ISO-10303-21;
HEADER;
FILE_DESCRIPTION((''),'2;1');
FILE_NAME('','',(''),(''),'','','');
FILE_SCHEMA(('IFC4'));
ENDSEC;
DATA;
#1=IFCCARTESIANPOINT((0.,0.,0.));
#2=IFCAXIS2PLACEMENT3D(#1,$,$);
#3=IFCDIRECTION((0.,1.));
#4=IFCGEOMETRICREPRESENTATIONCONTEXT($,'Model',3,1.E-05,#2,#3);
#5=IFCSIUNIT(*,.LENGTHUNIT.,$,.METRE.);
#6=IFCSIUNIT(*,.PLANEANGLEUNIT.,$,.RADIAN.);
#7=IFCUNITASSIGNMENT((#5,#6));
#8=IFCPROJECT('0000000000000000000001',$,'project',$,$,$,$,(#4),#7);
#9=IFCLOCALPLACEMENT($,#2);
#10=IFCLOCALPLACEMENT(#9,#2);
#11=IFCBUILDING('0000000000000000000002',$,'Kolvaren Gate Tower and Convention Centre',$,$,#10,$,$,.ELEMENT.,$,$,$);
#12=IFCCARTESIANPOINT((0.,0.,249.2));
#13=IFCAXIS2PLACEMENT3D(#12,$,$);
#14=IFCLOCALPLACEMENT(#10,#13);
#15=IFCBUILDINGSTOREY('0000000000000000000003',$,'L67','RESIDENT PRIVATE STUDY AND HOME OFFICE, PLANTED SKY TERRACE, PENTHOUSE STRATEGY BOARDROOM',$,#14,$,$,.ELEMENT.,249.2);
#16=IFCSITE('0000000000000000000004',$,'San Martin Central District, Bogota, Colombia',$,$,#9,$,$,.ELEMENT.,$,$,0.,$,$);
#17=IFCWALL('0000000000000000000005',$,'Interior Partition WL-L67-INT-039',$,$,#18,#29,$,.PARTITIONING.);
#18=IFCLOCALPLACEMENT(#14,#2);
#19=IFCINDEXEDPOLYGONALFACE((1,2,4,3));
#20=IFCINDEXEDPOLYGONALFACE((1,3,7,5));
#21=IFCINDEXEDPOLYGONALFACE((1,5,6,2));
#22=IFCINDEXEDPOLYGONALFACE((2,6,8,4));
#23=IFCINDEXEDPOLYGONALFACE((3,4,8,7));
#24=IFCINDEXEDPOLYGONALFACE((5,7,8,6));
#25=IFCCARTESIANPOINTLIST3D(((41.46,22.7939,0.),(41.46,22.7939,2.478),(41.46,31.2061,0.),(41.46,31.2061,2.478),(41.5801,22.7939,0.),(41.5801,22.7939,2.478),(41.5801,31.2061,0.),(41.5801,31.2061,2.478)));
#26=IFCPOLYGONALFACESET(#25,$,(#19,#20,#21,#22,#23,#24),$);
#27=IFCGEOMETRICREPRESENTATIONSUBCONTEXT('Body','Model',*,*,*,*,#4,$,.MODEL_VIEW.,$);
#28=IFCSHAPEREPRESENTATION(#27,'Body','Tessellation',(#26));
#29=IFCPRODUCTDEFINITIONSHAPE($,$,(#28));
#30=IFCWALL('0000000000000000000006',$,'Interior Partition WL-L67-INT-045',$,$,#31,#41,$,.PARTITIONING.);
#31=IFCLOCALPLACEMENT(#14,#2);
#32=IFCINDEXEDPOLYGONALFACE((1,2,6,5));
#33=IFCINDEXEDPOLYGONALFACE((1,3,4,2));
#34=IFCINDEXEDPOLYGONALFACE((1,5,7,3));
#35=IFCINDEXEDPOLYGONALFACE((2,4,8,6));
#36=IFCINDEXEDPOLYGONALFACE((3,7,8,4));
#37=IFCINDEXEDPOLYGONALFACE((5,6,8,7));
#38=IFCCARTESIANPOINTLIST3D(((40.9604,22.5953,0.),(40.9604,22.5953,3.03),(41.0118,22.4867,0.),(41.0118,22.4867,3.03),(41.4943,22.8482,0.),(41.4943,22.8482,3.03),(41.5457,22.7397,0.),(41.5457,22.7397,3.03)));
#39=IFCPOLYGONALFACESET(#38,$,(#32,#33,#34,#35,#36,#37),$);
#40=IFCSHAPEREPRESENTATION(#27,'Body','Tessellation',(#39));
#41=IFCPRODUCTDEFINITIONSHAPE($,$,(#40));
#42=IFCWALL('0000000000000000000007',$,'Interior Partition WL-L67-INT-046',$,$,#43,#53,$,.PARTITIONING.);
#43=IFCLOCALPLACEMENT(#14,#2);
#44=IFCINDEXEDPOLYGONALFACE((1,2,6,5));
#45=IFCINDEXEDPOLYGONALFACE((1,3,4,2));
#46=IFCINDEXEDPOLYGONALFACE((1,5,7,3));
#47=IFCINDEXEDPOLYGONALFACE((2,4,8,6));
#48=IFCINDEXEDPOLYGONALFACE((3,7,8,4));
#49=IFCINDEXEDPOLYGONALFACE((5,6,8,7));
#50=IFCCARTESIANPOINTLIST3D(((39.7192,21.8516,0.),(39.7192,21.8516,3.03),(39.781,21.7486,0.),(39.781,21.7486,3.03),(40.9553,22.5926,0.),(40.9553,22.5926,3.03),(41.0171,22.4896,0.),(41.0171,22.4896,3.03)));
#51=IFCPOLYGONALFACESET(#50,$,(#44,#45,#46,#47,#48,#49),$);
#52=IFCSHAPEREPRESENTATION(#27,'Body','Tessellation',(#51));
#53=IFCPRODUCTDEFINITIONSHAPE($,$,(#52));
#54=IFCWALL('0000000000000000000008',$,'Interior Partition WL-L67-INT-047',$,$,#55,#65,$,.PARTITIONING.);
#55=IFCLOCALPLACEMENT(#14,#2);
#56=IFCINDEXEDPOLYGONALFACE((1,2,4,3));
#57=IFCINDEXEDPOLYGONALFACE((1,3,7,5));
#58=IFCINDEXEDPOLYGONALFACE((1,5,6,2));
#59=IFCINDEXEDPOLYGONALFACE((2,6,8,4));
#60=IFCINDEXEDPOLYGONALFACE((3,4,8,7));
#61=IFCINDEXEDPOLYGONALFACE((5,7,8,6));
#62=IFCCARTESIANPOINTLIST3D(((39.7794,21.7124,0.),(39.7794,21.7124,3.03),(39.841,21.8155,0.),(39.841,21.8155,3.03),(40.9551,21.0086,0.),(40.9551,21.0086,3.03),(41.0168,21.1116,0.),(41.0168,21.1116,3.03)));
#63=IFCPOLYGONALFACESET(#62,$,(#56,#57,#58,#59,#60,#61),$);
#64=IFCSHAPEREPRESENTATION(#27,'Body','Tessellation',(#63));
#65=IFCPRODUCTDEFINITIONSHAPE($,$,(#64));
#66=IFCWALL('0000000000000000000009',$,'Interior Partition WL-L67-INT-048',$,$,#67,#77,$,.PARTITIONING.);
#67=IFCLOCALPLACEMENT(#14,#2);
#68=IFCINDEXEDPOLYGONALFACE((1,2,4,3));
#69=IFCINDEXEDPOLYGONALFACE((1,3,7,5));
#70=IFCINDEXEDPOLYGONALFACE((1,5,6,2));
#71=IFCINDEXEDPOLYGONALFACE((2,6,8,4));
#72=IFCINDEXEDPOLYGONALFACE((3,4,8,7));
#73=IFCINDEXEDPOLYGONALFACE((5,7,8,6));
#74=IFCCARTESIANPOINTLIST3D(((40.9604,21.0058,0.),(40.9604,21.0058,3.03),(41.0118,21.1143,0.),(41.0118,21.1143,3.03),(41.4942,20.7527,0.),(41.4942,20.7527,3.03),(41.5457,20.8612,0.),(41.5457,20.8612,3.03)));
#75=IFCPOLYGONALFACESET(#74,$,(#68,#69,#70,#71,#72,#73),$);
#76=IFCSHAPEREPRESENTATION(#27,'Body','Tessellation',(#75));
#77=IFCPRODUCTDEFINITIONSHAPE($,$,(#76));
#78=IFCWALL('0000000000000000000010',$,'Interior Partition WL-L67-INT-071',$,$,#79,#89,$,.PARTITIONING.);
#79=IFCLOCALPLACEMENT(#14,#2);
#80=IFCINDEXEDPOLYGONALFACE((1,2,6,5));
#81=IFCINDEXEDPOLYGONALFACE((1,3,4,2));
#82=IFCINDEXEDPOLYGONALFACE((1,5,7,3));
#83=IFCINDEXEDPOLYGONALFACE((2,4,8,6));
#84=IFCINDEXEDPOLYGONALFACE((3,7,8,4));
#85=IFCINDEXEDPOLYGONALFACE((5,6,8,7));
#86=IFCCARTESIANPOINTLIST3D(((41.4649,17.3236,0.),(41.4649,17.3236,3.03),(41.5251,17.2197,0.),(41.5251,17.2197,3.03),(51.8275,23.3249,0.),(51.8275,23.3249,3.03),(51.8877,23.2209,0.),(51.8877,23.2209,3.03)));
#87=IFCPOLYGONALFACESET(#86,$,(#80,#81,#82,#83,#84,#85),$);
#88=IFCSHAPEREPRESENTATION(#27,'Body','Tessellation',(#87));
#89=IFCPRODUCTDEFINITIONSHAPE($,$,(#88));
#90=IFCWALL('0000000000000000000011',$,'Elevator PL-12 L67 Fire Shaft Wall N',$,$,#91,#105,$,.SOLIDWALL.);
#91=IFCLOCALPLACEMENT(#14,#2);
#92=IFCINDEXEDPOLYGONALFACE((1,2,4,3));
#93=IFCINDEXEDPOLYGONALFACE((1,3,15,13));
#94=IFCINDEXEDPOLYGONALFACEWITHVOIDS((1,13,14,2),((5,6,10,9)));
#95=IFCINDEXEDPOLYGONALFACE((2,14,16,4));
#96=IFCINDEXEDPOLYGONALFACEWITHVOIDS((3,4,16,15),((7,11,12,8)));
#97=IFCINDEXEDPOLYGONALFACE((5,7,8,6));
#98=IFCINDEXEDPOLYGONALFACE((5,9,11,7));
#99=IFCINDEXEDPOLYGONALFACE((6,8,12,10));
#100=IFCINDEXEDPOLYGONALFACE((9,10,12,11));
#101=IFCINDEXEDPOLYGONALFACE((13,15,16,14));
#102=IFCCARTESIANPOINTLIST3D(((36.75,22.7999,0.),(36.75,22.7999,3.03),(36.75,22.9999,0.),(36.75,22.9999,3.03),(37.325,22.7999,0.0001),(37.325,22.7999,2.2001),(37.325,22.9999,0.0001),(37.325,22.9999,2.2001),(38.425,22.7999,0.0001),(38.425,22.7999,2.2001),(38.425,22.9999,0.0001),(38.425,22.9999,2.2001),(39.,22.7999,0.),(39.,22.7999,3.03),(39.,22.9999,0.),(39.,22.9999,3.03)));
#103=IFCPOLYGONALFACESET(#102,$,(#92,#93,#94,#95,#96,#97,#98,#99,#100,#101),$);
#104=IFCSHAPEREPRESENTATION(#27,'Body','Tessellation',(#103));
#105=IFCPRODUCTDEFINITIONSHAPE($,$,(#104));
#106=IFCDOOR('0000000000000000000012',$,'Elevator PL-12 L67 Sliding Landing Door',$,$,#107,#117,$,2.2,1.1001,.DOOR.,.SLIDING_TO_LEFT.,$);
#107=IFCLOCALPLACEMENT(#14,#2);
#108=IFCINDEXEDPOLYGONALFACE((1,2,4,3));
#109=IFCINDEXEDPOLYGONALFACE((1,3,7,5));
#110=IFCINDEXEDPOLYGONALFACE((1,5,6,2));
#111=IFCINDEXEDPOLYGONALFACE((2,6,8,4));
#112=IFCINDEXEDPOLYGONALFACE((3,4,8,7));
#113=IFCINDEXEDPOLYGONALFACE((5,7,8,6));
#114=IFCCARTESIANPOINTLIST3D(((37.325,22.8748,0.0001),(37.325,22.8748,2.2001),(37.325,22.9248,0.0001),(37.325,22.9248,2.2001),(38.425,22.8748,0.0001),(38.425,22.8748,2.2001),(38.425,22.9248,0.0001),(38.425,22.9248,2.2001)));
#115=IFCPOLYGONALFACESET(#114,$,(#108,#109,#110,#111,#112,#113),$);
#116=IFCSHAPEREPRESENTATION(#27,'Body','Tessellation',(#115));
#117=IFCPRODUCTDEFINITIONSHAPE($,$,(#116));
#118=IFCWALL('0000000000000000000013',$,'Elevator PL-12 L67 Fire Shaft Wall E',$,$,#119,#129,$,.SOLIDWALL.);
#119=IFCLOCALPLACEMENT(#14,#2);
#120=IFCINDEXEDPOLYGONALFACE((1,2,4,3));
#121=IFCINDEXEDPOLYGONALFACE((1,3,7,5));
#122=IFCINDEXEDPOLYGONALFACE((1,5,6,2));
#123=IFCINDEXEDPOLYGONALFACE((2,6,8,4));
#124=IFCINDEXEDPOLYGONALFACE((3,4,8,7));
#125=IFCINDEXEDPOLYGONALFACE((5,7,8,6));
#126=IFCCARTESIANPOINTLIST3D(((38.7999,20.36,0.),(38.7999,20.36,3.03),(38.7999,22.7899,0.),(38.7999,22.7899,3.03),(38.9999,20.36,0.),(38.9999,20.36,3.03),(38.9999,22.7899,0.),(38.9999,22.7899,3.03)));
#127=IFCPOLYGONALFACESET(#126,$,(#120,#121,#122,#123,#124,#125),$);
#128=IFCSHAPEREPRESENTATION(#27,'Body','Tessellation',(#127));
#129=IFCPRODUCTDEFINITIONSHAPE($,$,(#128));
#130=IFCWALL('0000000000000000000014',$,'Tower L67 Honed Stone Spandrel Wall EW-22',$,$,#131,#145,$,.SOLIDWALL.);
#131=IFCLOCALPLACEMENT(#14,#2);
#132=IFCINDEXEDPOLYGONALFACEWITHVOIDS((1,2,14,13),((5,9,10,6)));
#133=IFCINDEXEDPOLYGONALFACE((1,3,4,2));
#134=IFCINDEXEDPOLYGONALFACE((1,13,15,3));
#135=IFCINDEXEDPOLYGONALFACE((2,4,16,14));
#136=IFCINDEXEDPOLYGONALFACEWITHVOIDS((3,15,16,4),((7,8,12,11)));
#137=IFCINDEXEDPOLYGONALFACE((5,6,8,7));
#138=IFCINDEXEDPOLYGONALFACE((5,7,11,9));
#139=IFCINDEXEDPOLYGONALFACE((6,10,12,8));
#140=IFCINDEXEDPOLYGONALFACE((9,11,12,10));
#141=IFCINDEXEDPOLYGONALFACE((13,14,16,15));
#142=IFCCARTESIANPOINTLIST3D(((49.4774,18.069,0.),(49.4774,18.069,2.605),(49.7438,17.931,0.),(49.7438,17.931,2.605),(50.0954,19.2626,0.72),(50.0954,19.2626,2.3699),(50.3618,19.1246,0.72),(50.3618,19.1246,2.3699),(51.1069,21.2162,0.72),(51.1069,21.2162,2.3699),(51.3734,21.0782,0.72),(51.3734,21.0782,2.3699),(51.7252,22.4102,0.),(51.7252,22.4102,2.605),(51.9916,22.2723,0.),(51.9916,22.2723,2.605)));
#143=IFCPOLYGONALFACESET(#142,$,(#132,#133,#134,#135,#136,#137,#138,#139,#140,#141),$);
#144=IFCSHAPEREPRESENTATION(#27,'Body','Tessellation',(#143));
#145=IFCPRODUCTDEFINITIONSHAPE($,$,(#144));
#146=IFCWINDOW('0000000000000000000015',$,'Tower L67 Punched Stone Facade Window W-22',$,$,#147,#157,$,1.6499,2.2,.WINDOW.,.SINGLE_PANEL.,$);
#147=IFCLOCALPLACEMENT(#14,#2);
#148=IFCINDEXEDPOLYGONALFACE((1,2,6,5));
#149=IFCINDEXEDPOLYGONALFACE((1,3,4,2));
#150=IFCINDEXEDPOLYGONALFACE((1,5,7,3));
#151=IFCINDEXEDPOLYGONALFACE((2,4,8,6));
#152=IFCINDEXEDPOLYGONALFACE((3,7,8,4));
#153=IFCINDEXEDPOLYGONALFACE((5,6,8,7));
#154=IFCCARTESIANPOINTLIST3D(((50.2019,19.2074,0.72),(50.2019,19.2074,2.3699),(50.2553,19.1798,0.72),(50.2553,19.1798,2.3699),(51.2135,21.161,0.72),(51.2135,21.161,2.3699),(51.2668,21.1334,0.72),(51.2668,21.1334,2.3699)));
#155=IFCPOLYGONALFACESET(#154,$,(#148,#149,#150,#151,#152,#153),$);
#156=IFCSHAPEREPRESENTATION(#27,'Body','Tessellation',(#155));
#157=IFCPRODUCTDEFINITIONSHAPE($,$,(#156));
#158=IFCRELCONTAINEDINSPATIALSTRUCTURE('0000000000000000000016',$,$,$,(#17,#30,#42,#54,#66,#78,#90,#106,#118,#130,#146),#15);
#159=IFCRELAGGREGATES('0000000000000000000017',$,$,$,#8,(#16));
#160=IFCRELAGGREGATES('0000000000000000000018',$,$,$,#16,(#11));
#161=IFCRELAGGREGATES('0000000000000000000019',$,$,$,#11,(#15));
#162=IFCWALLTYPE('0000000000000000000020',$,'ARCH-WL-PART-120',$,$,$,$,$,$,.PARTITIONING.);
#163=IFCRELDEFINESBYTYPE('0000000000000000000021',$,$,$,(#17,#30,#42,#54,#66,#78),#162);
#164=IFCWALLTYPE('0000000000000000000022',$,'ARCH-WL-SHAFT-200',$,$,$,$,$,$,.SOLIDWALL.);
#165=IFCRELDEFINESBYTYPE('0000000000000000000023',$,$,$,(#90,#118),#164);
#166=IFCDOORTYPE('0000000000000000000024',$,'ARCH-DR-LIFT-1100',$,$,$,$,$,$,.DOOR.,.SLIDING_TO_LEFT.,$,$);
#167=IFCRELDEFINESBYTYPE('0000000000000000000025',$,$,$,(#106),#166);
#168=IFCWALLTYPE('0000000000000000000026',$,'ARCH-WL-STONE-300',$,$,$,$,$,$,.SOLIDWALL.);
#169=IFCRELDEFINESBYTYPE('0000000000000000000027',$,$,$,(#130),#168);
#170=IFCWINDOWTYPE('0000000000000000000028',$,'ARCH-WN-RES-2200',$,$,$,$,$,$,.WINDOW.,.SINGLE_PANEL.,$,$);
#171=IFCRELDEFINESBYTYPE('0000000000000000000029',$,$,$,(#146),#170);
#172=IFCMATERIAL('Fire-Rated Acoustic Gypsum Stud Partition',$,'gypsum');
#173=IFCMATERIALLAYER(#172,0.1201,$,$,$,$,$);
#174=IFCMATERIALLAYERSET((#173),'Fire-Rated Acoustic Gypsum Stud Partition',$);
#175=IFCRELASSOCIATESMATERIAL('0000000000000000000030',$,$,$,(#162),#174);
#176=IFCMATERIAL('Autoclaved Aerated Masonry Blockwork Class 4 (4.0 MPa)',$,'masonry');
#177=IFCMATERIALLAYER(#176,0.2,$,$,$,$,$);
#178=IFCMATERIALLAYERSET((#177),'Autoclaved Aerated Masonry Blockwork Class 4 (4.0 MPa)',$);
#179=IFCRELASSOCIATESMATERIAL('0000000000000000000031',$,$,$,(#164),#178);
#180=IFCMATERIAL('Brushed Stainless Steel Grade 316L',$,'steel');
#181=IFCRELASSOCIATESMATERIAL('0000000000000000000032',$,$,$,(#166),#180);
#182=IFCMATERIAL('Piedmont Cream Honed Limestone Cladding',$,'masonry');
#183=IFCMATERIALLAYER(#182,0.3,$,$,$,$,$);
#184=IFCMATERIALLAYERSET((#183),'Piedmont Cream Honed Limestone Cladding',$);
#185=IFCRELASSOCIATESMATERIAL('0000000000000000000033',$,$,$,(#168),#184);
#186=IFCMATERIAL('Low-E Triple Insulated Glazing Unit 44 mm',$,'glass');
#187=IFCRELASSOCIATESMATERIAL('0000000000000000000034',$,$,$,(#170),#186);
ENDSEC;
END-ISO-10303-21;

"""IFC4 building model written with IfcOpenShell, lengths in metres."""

from ifc_helpers import new_model, si_unit, direction, frame, frame_2d, origin, place, context, subcontext, project, spatial, rectangle, extrude, material, layer, layer_set, type_object, element, fill, save


model = new_model("IFC4")

# Units and contexts
model_context = context("Model", 3, precision=1e-05, world=origin(), true_north=direction((0.0, 1.0)))
body_context = subcontext(model_context, "Body", "Model", "MODEL_VIEW")
ifc_project = project(units=[si_unit("LENGTHUNIT", "METRE"), si_unit("PLANEANGLEUNIT", "RADIAN")], contexts=[model_context])

# Site, building, storey
site_placement = place(None, origin())
site = spatial("IfcSite", under=ifc_project, at=site_placement, Name="San Martin Central District, Bogota, Colombia", CompositionType="ELEMENT", RefElevation=0.0)
building_placement = place(site_placement, origin())
building = spatial("IfcBuilding", under=site, at=building_placement, Name="Kolvaren Gate Tower and Convention Centre", CompositionType="ELEMENT")
storey_placement = place(building_placement, frame((0.0, 0.0, 249.2)))
storey = spatial("IfcBuildingStorey", under=building, at=storey_placement, Name="L67", Description="RESIDENT PRIVATE STUDY AND HOME OFFICE, PLANTED SKY TERRACE, PENTHOUSE STRATEGY BOARDROOM", CompositionType="ELEMENT", Elevation=249.2)

# Shared definitions
ifc_material_1 = material(Name="Autoclaved Aerated Masonry Blockwork Class 4 (4.0 MPa)", Category="masonry")

# Shared definitions
ifc_material_2 = material(Name="Fire-Rated Acoustic Gypsum Stud Partition", Category="gypsum")
ifc_layer_1 = layer(ifc_material_2, 0.1201)
ifc_layer_set_1 = layer_set([ifc_layer_1], Name="Fire-Rated Acoustic Gypsum Stud Partition")
wall_type_1 = type_object("IfcWallType", Name="ARCH-WL-PART-120", PredefinedType="PARTITIONING", material=ifc_layer_set_1)

# Walls
wall_1_placement = place(storey_placement, frame((41.52, 22.7939, 0.0), z_axis=(0.0, 0.0, 1.0), x_axis=(0.0, 1.0, 0.0)))
element("IfcWall", 1, at=wall_1_placement, inside=storey, type_object=wall_type_1, Name="Interior Partition WL-L67-INT-039", PredefinedType="PARTITIONING", context=body_context, shape_type="SweptSolid", body=[
    extrude(rectangle(XDim=8.4121, YDim=0.1201, at=frame_2d((4.2061, 0.0))), origin(), (0.0, 0.0, 1.0), 2.478),
])
wall_2_placement = place(storey_placement, frame((40.9861, 22.541, 0.0), z_axis=(0.0, 0.0, 1.0), x_axis=(0.903729, 0.428104, 0.0)))
element("IfcWall", 2, at=wall_2_placement, inside=storey, type_object=wall_type_1, Name="Interior Partition WL-L67-INT-045", PredefinedType="PARTITIONING", context=body_context, shape_type="SweptSolid", body=[
    extrude(rectangle(XDim=0.5908, YDim=0.1201, at=frame_2d((0.2954, 0.0))), origin(), (0.0, 0.0, 1.0), 3.03),
])
wall_3_placement = place(storey_placement, frame((39.75, 21.8, 0.0), z_axis=(0.0, 0.0, 1.0), x_axis=(0.857702, 0.514147, 0.0)))
element("IfcWall", 3, at=wall_3_placement, inside=storey, type_object=wall_type_1, Name="Interior Partition WL-L67-INT-046", PredefinedType="PARTITIONING", context=body_context, shape_type="SweptSolid", body=[
    extrude(rectangle(XDim=1.4412, YDim=0.1201, at=frame_2d((0.7207, 0.0))), origin(), (0.0, 0.0, 1.0), 3.03),
])
wall_4_placement = place(storey_placement, frame((39.8103, 21.7639, 0.0), z_axis=(0.0, 0.0, 1.0), x_axis=(0.858011, -0.513631, 0.0)))
element("IfcWall", 4, at=wall_4_placement, inside=storey, type_object=wall_type_1, Name="Interior Partition WL-L67-INT-047", PredefinedType="PARTITIONING", context=body_context, shape_type="SweptSolid", body=[
    extrude(rectangle(XDim=1.3704, YDim=0.1201, at=frame_2d((0.6851, 0.0))), origin(), (0.0, 0.0, 1.0), 3.03),
])
wall_5_placement = place(storey_placement, frame((40.9861, 21.0601, 0.0), z_axis=(0.0, 0.0, 1.0), x_axis=(0.90357, -0.428442, 0.0)))
element("IfcWall", 5, at=wall_5_placement, inside=storey, type_object=wall_type_1, Name="Interior Partition WL-L67-INT-048", PredefinedType="PARTITIONING", context=body_context, shape_type="SweptSolid", body=[
    extrude(rectangle(XDim=0.5908, YDim=0.1201, at=frame_2d((0.2954, 0.0))), origin(), (0.0, 0.0, 1.0), 3.03),
])
wall_6_placement = place(storey_placement, frame((41.4951, 17.2717, 0.0), z_axis=(0.0, 0.0, 1.0), x_axis=(0.865359, 0.501152, 0.0)))
element("IfcWall", 6, at=wall_6_placement, inside=storey, type_object=wall_type_1, Name="Interior Partition WL-L67-INT-071", PredefinedType="PARTITIONING", context=body_context, shape_type="SweptSolid", body=[
    extrude(rectangle(XDim=11.9749, YDim=0.1201, at=frame_2d((5.9873, 0.0))), origin(), (0.0, 0.0, 1.0), 3.03),
])

# Wall, opening, door
ifc_layer_2 = layer(ifc_material_1, 0.2)
ifc_layer_set_2 = layer_set([ifc_layer_2], Name="Autoclaved Aerated Masonry Blockwork Class 4 (4.0 MPa)")
wall_type_2 = type_object("IfcWallType", Name="ARCH-WL-SHAFT-200", PredefinedType="SOLIDWALL", material=ifc_layer_set_2)
wall_7_placement = place(storey_placement, frame((36.75, 22.8999, 0.0), z_axis=(0.0, 0.0, 1.0), x_axis=(1.0, 0.0, 0.0)))
wall_7 = element("IfcWall", 7, at=wall_7_placement, inside=storey, type_object=wall_type_2, Name="Elevator PL-12 L67 Fire Shaft Wall N", PredefinedType="SOLIDWALL", context=body_context, shape_type="SweptSolid", body=[
    extrude(rectangle(XDim=2.25, YDim=0.2, at=frame_2d((1.125, 0.0))), origin(), (0.0, 0.0, 1.0), 3.03),
])
opening_1_placement = place(wall_7_placement, frame((0.575, 0.0, 0.0)))
opening_1 = element("IfcOpeningElement", 8, at=opening_1_placement, cuts=wall_7, PredefinedType="OPENING", context=body_context, shape_type="SweptSolid", body=[
    extrude(rectangle(XDim=1.1001, YDim=2.2, at=frame_2d((0.55, 1.1001))), frame((0.0, 0.1099, 0.0), z_axis=(0.0, -1.0, 0.0), x_axis=(1.0, 0.0, 0.0)), (0.0, 0.0, 1.0), 0.22),
])
ifc_material_3 = material(Name="Brushed Stainless Steel Grade 316L", Category="steel")
door_type_1 = type_object("IfcDoorType", Name="ARCH-DR-LIFT-1100", OperationType="SLIDING_TO_LEFT", PredefinedType="DOOR", material=ifc_material_3)
door_1_placement = place(opening_1_placement, origin())
door_1 = element("IfcDoor", 9, at=door_1_placement, inside=storey, type_object=door_type_1, Name="Elevator PL-12 L67 Sliding Landing Door", OperationType="SLIDING_TO_LEFT", OverallHeight=2.2, OverallWidth=1.1001, PredefinedType="DOOR", context=body_context, shape_type="SweptSolid", body=[
    extrude(rectangle(XDim=1.1001, YDim=2.2, at=frame_2d((0.55, 1.1001))), frame((0.0, 0.0249, 0.0), z_axis=(0.0, -1.0, 0.0), x_axis=(1.0, 0.0, 0.0)), (0.0, 0.0, 1.0), 0.05),
])
fill(opening_1, door_1)

# Wall
wall_8_placement = place(storey_placement, frame((38.8999, 20.3601, 0.0), z_axis=(0.0, 0.0, 1.0), x_axis=(0.0, 1.0, 0.0)))
element("IfcWall", 10, at=wall_8_placement, inside=storey, type_object=wall_type_2, Name="Elevator PL-12 L67 Fire Shaft Wall E", PredefinedType="SOLIDWALL", context=body_context, shape_type="SweptSolid", body=[
    extrude(rectangle(XDim=2.4299, YDim=0.2, at=frame_2d((1.2148, 0.0))), origin(), (0.0, 0.0, 1.0), 3.03),
])

# Wall, opening, window
ifc_material_4 = material(Name="Piedmont Cream Honed Limestone Cladding", Category="masonry")
ifc_layer_3 = layer(ifc_material_4, 0.3)
ifc_layer_set_3 = layer_set([ifc_layer_3], Name="Piedmont Cream Honed Limestone Cladding")
wall_type_3 = type_object("IfcWallType", Name="ARCH-WL-STONE-300", PredefinedType="SOLIDWALL", material=ifc_layer_set_3)
wall_9_placement = place(storey_placement, frame((49.6106, 18.0, 0.0), z_axis=(0.0, 0.0, 1.0), x_axis=(0.459794, 0.888026, 0.0)))
wall_9 = element("IfcWall", 11, at=wall_9_placement, inside=storey, type_object=wall_type_3, Name="Tower L67 Honed Stone Spandrel Wall EW-22", PredefinedType="SOLIDWALL", context=body_context, shape_type="SweptSolid", body=[
    extrude(rectangle(XDim=4.8887, YDim=0.3, at=frame_2d((2.4443, 0.0))), origin(), (0.0, 0.0, 1.0), 2.605),
])
opening_2_placement = place(wall_9_placement, frame((1.344, 0.0, 0.72)))
opening_2 = element("IfcOpeningElement", 12, at=opening_2_placement, cuts=wall_9, PredefinedType="OPENING", context=body_context, shape_type="SweptSolid", body=[
    extrude(rectangle(XDim=2.2, YDim=1.6499, at=frame_2d((1.1001, 0.825))), frame((0.0, 0.1599, 0.0), z_axis=(0.0, -1.0, 0.0), x_axis=(1.0, 0.0, 0.0)), (0.0, 0.0, 1.0), 0.3201),
])
ifc_material_5 = material(Name="Low-E Triple Insulated Glazing Unit 44 mm", Category="glass")
window_type = type_object("IfcWindowType", Name="ARCH-WN-RES-2200", PartitioningType="SINGLE_PANEL", PredefinedType="WINDOW", material=ifc_material_5)
window_1_placement = place(opening_2_placement, origin())
window_1 = element("IfcWindow", 13, at=window_1_placement, inside=storey, type_object=window_type, Name="Tower L67 Punched Stone Facade Window W-22", OverallHeight=1.6499, OverallWidth=2.2, PartitioningType="SINGLE_PANEL", PredefinedType="WINDOW", context=body_context, shape_type="SweptSolid", body=[
    extrude(rectangle(XDim=2.2, YDim=1.6499, at=frame_2d((1.1001, 0.825))), frame((0.0, 0.03, 0.0), z_axis=(0.0, -1.0, 0.0), x_axis=(1.0, 0.0, 0.0)), (0.0, 0.0, 1.0), 0.0601),
])
fill(opening_2, window_1)

save(model, "model.ifc")
